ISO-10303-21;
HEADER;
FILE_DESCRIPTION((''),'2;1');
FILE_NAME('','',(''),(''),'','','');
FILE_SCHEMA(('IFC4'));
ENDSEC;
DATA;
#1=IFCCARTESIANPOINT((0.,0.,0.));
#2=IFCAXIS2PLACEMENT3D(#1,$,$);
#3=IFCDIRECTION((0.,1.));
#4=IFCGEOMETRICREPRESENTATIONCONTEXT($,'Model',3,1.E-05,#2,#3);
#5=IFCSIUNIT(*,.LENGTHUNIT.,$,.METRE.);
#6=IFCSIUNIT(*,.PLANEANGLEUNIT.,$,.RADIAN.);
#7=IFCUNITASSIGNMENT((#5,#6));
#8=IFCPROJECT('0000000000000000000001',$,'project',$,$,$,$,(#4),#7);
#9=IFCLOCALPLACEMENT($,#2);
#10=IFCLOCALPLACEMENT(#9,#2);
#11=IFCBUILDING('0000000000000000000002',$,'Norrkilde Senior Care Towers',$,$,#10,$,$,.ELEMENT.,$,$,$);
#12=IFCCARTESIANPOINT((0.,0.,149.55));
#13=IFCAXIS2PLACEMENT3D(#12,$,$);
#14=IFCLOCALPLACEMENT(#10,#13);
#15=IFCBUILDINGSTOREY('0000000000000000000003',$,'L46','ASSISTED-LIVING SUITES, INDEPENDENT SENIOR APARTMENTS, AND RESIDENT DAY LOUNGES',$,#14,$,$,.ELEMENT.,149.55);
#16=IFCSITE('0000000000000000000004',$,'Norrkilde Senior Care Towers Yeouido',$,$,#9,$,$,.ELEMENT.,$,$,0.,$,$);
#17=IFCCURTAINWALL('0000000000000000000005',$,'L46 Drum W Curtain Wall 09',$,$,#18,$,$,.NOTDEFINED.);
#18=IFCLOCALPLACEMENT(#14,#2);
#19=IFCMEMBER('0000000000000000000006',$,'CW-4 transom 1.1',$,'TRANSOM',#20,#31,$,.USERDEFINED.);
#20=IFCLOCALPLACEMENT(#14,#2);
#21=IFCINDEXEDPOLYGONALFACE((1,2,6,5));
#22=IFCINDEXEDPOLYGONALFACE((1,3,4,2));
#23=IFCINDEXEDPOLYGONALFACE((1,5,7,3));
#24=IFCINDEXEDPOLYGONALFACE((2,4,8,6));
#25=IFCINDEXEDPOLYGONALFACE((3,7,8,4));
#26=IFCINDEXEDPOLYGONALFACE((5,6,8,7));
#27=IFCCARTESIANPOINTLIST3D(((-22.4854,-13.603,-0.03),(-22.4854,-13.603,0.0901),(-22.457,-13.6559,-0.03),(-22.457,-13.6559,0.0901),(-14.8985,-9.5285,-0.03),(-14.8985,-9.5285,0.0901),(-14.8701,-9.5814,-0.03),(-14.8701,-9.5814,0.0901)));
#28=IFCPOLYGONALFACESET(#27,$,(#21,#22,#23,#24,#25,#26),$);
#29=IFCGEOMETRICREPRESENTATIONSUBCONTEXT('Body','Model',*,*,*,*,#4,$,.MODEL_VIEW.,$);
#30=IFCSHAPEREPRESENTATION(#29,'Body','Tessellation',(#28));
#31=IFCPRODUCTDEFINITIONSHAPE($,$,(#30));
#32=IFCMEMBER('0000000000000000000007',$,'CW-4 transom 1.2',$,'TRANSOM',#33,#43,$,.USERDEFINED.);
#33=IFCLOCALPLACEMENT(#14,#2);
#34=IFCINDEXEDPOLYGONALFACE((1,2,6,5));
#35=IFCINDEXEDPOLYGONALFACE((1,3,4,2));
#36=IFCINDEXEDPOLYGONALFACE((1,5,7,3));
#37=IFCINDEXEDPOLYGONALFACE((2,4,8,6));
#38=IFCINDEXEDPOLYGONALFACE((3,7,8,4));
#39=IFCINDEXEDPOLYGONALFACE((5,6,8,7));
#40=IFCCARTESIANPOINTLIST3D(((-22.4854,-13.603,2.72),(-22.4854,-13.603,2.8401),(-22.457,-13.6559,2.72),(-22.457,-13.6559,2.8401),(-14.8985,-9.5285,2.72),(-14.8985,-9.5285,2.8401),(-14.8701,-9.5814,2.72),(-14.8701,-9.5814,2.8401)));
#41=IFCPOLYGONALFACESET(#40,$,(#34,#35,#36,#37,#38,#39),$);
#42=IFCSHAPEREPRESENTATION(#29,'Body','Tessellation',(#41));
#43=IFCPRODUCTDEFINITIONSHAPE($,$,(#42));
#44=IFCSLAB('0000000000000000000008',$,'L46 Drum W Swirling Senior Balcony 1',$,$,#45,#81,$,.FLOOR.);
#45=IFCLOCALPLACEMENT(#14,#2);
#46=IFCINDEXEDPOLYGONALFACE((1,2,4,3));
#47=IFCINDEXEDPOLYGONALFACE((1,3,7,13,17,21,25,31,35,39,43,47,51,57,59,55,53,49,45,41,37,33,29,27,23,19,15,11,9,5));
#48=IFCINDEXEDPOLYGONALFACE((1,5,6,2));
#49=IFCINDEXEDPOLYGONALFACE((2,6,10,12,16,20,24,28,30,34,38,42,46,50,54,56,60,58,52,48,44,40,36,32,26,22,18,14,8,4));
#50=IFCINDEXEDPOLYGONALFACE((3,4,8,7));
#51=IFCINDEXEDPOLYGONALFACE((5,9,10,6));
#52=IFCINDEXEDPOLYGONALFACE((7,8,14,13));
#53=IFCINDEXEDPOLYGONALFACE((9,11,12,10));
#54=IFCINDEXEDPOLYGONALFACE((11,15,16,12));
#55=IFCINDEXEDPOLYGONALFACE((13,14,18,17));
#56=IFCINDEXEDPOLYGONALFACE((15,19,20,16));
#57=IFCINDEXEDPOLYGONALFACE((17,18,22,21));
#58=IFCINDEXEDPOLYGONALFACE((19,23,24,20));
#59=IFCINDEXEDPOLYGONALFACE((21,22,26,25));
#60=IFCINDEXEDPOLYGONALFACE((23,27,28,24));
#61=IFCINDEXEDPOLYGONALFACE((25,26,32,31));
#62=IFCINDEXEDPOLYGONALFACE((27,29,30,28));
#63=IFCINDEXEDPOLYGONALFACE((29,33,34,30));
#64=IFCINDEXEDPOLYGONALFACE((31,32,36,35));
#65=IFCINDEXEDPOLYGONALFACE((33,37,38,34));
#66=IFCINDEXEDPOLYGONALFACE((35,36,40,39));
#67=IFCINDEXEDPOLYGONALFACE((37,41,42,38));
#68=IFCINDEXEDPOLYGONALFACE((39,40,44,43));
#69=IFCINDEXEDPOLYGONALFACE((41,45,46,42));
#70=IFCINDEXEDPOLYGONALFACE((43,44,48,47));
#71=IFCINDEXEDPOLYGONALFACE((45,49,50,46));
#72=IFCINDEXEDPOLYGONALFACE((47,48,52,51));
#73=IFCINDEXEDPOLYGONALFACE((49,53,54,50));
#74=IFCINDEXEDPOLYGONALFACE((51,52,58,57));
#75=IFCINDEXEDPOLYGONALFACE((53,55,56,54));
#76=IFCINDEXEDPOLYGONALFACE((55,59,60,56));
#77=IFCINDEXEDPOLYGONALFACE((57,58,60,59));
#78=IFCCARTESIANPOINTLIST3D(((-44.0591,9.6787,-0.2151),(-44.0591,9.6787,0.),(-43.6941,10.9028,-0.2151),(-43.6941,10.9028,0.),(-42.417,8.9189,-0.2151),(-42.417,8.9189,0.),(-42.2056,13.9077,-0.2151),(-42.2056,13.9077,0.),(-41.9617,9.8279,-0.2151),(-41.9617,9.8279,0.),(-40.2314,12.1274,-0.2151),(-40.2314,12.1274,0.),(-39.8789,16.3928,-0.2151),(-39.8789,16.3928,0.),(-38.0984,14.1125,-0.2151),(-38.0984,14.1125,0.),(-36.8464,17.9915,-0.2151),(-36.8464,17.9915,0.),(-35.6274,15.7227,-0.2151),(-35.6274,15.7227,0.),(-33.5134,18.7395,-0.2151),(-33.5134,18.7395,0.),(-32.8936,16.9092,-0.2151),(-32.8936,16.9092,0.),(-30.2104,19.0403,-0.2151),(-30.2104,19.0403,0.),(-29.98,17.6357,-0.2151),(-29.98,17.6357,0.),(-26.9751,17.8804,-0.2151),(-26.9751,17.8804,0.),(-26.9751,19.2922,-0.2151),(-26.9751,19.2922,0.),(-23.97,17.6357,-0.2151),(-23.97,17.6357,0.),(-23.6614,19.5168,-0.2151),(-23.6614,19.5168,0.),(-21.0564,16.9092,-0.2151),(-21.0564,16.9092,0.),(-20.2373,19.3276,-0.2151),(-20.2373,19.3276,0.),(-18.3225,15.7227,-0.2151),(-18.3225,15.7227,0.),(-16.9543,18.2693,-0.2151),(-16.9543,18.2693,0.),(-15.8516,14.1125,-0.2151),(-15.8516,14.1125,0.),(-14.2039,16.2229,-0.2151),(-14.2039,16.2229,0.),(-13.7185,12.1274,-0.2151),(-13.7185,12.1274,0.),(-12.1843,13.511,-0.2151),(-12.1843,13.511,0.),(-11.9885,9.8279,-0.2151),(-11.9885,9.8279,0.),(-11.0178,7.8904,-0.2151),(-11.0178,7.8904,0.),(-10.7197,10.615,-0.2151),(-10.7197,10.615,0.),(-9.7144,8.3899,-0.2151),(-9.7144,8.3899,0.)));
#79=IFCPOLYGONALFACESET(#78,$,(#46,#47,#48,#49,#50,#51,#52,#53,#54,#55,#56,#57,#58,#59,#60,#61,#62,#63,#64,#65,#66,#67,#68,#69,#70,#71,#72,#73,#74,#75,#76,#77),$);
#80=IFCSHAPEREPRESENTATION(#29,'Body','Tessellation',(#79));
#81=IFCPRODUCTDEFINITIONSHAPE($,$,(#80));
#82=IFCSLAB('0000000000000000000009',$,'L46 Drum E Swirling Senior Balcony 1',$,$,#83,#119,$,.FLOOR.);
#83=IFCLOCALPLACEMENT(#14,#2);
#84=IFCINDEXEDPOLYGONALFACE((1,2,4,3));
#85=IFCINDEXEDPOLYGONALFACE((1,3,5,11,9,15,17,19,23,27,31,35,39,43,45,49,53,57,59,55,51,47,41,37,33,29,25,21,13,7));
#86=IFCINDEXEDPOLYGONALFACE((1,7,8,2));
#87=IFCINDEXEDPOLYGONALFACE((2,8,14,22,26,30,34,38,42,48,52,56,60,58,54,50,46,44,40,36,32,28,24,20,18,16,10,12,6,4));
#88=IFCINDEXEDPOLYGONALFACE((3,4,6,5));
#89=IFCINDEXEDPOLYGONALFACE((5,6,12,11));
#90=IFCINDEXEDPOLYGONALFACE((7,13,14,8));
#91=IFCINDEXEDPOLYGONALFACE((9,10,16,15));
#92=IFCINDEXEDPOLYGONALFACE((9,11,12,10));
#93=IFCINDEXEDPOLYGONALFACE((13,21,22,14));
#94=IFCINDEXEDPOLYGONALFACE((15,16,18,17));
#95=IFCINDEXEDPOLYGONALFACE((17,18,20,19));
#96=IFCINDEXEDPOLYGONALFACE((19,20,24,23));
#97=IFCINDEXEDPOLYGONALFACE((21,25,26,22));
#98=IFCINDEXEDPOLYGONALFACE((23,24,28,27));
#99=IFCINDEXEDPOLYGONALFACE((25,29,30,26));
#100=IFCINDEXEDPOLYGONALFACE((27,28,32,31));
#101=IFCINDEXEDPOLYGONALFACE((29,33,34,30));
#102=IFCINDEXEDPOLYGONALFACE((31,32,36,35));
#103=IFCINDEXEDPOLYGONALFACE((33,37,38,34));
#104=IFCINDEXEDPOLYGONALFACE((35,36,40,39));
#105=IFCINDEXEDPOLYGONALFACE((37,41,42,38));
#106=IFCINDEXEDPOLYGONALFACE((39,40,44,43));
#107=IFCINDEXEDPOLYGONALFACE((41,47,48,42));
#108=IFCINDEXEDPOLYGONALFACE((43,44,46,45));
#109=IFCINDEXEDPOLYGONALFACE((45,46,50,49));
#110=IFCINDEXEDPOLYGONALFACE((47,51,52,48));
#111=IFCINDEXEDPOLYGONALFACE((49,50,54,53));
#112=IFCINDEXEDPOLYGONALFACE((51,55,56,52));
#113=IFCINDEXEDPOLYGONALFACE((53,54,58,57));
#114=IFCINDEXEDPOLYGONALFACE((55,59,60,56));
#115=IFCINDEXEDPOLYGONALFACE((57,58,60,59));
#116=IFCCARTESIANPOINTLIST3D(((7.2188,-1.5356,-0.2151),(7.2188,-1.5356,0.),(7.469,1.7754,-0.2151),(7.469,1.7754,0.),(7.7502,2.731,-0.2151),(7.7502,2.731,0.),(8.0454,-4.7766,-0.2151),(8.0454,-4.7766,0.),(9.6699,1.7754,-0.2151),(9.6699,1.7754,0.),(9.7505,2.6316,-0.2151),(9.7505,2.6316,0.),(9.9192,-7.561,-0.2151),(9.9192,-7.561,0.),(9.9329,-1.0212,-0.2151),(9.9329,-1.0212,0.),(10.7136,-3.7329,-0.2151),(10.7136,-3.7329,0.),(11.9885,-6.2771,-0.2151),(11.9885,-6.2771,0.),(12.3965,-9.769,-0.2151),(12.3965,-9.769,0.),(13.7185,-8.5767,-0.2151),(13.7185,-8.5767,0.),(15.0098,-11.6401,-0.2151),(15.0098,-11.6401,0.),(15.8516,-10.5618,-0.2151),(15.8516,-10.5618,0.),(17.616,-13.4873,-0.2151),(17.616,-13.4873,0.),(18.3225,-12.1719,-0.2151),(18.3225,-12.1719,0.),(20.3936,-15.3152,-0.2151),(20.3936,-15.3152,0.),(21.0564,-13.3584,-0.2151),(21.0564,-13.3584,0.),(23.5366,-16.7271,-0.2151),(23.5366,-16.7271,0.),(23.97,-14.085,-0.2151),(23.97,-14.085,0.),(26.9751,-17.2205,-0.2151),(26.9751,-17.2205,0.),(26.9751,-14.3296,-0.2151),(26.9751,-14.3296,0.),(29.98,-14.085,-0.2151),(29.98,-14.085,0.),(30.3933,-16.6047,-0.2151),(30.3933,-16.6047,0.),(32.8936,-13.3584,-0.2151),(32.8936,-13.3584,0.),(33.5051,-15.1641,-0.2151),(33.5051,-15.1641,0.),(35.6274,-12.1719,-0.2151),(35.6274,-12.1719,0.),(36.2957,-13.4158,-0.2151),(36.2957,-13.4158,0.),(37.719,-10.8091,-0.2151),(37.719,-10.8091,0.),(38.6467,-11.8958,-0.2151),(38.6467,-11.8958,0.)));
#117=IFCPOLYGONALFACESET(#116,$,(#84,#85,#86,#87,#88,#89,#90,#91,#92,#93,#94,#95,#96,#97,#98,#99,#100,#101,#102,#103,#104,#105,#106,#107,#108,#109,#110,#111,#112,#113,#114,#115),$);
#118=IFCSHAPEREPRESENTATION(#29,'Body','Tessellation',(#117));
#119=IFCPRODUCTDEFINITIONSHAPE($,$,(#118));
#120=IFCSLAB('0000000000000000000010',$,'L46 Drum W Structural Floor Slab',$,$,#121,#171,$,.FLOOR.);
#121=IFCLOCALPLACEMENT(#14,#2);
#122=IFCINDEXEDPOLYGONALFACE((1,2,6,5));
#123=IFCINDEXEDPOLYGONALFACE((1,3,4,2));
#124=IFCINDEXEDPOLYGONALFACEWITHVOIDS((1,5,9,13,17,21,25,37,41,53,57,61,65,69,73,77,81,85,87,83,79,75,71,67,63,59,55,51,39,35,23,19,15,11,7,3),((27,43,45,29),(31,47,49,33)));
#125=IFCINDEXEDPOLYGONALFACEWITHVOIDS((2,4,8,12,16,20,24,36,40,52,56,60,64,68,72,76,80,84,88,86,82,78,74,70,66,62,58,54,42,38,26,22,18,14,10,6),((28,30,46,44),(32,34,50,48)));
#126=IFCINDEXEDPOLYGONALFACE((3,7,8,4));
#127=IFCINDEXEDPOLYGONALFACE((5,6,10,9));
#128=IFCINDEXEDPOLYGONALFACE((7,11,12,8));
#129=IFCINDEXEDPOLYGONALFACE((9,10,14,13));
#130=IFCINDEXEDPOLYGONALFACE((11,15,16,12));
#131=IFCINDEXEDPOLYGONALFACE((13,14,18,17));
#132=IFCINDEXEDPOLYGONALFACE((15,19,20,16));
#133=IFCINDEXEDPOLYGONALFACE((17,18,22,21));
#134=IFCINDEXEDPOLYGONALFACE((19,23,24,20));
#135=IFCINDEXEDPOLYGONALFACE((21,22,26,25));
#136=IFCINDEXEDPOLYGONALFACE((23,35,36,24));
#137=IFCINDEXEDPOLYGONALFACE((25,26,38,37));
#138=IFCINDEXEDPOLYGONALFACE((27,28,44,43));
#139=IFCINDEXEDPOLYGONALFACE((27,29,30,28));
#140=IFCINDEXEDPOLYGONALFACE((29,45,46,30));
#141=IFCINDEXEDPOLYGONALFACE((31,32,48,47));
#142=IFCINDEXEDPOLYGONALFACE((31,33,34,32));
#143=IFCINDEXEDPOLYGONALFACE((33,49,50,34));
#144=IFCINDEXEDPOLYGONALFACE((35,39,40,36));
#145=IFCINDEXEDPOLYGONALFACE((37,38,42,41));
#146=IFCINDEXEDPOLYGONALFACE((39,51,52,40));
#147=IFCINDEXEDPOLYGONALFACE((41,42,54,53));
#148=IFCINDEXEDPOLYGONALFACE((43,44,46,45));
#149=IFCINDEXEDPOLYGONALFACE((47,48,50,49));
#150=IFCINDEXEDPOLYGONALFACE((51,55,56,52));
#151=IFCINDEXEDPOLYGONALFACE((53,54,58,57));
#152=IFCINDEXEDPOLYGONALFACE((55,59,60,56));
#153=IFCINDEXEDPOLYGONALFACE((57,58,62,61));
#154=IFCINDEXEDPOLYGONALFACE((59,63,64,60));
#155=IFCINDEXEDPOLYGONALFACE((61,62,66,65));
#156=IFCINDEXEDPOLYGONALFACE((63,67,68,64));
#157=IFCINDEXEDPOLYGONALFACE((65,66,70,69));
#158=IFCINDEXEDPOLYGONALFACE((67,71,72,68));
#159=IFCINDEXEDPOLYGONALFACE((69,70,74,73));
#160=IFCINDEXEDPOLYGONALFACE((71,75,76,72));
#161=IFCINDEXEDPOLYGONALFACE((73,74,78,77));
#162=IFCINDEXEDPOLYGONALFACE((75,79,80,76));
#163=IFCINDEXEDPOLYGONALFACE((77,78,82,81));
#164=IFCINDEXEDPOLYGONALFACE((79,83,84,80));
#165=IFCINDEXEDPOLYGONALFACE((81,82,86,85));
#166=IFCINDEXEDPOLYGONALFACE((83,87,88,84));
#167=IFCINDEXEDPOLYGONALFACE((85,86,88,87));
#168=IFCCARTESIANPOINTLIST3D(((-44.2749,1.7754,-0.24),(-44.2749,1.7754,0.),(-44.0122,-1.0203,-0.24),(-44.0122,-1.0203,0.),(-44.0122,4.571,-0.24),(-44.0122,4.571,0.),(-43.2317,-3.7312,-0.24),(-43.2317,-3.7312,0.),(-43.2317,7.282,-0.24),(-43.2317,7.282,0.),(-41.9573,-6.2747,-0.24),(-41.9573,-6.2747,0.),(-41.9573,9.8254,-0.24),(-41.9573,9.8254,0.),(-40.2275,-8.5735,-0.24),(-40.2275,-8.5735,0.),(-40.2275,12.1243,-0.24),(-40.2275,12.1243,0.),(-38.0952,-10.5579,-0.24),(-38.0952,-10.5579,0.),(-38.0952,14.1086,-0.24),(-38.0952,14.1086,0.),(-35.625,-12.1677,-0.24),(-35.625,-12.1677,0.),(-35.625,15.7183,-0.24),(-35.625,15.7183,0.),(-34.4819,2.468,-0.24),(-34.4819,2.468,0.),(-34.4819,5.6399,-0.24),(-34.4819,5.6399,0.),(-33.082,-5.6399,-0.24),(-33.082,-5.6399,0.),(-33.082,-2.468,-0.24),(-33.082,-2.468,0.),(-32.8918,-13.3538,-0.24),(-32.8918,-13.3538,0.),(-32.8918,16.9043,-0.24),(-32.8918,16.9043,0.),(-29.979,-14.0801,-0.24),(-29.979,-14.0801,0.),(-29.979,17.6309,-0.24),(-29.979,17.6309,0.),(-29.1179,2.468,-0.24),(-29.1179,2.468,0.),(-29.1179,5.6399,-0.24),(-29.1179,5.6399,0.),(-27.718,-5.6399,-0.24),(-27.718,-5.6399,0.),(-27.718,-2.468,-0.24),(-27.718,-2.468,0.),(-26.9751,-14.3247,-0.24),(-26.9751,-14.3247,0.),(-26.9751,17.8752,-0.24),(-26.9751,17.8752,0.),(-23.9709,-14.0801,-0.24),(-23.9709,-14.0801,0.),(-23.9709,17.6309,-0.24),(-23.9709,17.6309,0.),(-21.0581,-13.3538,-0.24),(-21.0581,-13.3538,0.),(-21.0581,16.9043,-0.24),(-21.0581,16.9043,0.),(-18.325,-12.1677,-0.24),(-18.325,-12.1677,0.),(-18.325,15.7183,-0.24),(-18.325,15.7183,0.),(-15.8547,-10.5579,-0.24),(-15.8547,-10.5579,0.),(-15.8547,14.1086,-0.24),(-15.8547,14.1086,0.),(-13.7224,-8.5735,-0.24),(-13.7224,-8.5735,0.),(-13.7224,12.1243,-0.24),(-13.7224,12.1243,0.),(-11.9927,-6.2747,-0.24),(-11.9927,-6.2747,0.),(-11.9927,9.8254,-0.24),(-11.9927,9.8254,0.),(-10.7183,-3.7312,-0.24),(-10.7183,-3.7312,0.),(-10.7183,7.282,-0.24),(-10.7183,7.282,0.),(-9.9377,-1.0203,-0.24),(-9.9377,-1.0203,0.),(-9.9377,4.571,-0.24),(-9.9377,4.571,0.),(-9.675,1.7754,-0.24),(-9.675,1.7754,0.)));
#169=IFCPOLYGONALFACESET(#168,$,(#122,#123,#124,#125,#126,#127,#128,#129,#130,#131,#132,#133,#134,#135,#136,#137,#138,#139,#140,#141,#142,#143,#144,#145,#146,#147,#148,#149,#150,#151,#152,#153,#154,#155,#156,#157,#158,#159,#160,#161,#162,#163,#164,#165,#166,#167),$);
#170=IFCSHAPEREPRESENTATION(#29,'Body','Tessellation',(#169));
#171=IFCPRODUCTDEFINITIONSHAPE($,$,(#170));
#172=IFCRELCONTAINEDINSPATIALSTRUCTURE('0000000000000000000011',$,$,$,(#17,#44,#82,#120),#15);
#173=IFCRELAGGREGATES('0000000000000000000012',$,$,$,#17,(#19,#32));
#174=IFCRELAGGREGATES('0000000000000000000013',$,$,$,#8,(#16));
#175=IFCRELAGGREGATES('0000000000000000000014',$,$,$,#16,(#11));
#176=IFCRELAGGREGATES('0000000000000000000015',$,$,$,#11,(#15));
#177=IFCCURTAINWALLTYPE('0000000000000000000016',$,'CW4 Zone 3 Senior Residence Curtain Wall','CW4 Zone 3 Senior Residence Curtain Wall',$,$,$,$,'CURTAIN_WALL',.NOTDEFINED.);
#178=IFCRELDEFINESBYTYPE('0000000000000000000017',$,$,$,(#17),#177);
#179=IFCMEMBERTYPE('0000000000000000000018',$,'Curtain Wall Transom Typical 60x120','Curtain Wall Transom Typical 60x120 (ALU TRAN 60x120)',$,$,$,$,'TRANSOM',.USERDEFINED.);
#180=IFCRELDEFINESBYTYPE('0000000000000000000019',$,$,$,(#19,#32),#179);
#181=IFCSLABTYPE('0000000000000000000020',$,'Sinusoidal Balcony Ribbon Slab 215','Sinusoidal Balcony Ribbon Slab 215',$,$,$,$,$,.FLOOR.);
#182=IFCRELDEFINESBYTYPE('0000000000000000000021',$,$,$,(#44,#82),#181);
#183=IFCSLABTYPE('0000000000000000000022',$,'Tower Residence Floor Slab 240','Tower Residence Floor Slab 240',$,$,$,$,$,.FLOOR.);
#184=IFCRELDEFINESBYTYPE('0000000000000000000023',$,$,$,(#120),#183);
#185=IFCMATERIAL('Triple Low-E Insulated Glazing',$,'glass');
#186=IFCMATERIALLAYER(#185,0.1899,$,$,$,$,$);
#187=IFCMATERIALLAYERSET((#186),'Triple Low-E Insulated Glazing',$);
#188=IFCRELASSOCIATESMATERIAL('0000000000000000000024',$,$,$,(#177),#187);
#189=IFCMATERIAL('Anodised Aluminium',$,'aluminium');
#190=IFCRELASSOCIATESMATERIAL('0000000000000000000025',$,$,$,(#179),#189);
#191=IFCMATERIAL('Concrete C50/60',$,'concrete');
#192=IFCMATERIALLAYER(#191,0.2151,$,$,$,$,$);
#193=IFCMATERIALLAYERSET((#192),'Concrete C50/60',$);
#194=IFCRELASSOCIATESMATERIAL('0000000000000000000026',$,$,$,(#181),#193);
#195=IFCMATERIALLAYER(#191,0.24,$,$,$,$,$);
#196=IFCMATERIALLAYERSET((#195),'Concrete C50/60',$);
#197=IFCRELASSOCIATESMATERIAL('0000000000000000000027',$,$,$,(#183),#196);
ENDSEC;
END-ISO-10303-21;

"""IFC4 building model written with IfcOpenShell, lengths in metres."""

from ifc_helpers import new_model, si_unit, direction, frame, origin, origin_2d, place, context, subcontext, project, spatial, polyline, rectangle, outline, extrude, source, transform, mapped, material, layer, layer_set, material_profile, profile_set, type_object, element, aggregate, save


model = new_model("IFC4")

# Units and contexts
model_context = context("Model", 3, precision=1e-05, world=origin(), true_north=direction((0.0, 1.0)))
body_context = subcontext(model_context, "Body", "Model", "MODEL_VIEW")
ifc_project = project(units=[si_unit("LENGTHUNIT", "METRE"), si_unit("PLANEANGLEUNIT", "RADIAN")], contexts=[model_context])

# Site, building, storey
site_placement = place(None, origin())
site = spatial("IfcSite", under=ifc_project, at=site_placement, Name="Norrkilde Senior Care Towers Yeouido", CompositionType="ELEMENT", RefElevation=0.0)
building_placement = place(site_placement, origin())
building = spatial("IfcBuilding", under=site, at=building_placement, Name="Norrkilde Senior Care Towers", CompositionType="ELEMENT")
storey_placement = place(building_placement, frame((0.0, 0.0, 149.55)))
storey = spatial("IfcBuildingStorey", under=building, at=storey_placement, Name="L46", Description="ASSISTED-LIVING SUITES, INDEPENDENT SENIOR APARTMENTS, AND RESIDENT DAY LOUNGES", CompositionType="ELEMENT", Elevation=149.55)

# Shared definitions
ifc_material_1 = material(Name="Concrete C50/60", Category="concrete")

# Curtain wall
ifc_material_2 = material(Name="Triple Low-E Insulated Glazing", Category="glass")
ifc_layer_1 = layer(ifc_material_2, 0.1899)
ifc_layer_set_1 = layer_set([ifc_layer_1], Name="Triple Low-E Insulated Glazing")
curtain_wall_type = type_object("IfcCurtainWallType", Name="CW4 Zone 3 Senior Residence Curtain Wall", Description="CW4 Zone 3 Senior Residence Curtain Wall", ElementType="CURTAIN_WALL", PredefinedType="NOTDEFINED", material=ifc_layer_set_1)
curtain_wall_1_placement = place(storey_placement, origin())
curtain_wall_1 = element("IfcCurtainWall", 1, at=curtain_wall_1_placement, inside=storey, type_object=curtain_wall_type, Name="L46 Drum W Curtain Wall 09", PredefinedType="NOTDEFINED")
ifc_material_3 = material(Name="Anodised Aluminium", Category="aluminium")

# Members
ifc_material_profile_1 = material_profile(ifc_material_3, rectangle(XDim=0.0601, YDim=0.1201, at=origin_2d()), Name="ALU TRAN 60x120")
ifc_profile_set_1 = profile_set([ifc_material_profile_1], Name="Anodised Aluminium")
member_type_1 = type_object("IfcMemberType", Name="Curtain Wall Transom Typical 60x120", Description="Curtain Wall Transom Typical 60x120 (ALU TRAN 60x120)", ElementType="TRANSOM", PredefinedType="USERDEFINED", material=ifc_profile_set_1)
shared_shape_1 = source(origin(), body_context, "Body", "SweptSolid", [
    extrude(rectangle(XDim=0.0601, YDim=0.1201, at=origin_2d()), origin(), (0.0, 0.0, 1.0), 8.6118),
])
member_1_placement = place(storey_placement, frame((-14.8843, -9.5549, 0.03), z_axis=(-0.880994, -0.473127, 0.0), x_axis=(0.473127, -0.880994, 0.0)))
member_1 = element("IfcMember", 2, at=member_1_placement, type_object=member_type_1, Name="CW-4 transom 1.1", ObjectType="TRANSOM", PredefinedType="USERDEFINED", context=body_context, shape_type="MappedRepresentation", body=[
    mapped(shared_shape_1, transform((0.0, 0.0, 0.0), x_axis=(1.0, 0.0, 0.0), y_axis=(0.0, 1.0, 0.0), z_axis=(0.0, 0.0, 1.0), scale=1.0)),
])
member_2_placement = place(storey_placement, frame((-14.8843, -9.5549, 2.78), z_axis=(-0.880994, -0.473127, 0.0), x_axis=(0.473127, -0.880994, 0.0)))
member_2 = element("IfcMember", 3, at=member_2_placement, type_object=member_type_1, Name="CW-4 transom 1.2", ObjectType="TRANSOM", PredefinedType="USERDEFINED", context=body_context, shape_type="MappedRepresentation", body=[
    mapped(shared_shape_1, transform((0.0, 0.0, 0.0), x_axis=(1.0, 0.0, 0.0), y_axis=(0.0, 1.0, 0.0), z_axis=(0.0, 0.0, 1.0), scale=1.0)),
])

# Slabs
ifc_layer_2 = layer(ifc_material_1, 0.2151)
ifc_layer_set_2 = layer_set([ifc_layer_2], Name="Concrete C50/60")
slab_type_1 = type_object("IfcSlabType", Name="Sinusoidal Balcony Ribbon Slab 215", Description="Sinusoidal Balcony Ribbon Slab 215", PredefinedType="FLOOR", material=ifc_layer_set_2)
slab_1_placement = place(storey_placement, frame((0.0, 0.0, -0.2151)))
element("IfcSlab", 4, at=slab_1_placement, inside=storey, type_object=slab_type_1, Name="L46 Drum W Swirling Senior Balcony 1", PredefinedType="FLOOR", context=body_context, shape_type="SweptSolid", body=[
    extrude(outline(polyline([(-42.2056, 13.9077), (-39.8789, 16.3928), (-36.8464, 17.9915), (-33.5134, 18.7395), (-30.2104, 19.0403), (-26.9751, 19.2922), (-23.6614, 19.5168), (-20.2373, 19.3276), (-16.9543, 18.2693), (-14.2039, 16.2229), (-12.1843, 13.511), (-10.7197, 10.615), (-9.7144, 8.3899), (-11.0178, 7.8904), (-11.9885, 9.8279), (-13.7185, 12.1274), (-15.8516, 14.1125), (-18.3225, 15.7227), (-21.0564, 16.9092), (-23.97, 17.6357), (-26.9751, 17.8804), (-29.98, 17.6357), (-32.8936, 16.9092), (-35.6274, 15.7227), (-38.0984, 14.1125), (-40.2314, 12.1274), (-41.9617, 9.8279), (-42.417, 8.9189), (-44.0591, 9.6787), (-43.6941, 10.9028), (-42.2056, 13.9077)])), origin(), (0.0, 0.0, 1.0), 0.2151),
])
slab_2_placement = place(storey_placement, frame((0.0, 0.0, -0.2151)))
element("IfcSlab", 5, at=slab_2_placement, inside=storey, type_object=slab_type_1, Name="L46 Drum E Swirling Senior Balcony 1", PredefinedType="FLOOR", context=body_context, shape_type="SweptSolid", body=[
    extrude(outline(polyline([(33.5051, -15.1641), (30.3933, -16.6047), (26.9751, -17.2205), (23.5366, -16.7271), (20.3936, -15.3152), (17.616, -13.4873), (15.0098, -11.6401), (12.3965, -9.769), (9.9192, -7.561), (8.0454, -4.7766), (7.2188, -1.5356), (7.469, 1.7754), (7.7502, 2.731), (9.7505, 2.6316), (9.6699, 1.7754), (9.9329, -1.0212), (10.7136, -3.7329), (11.9885, -6.2771), (13.7185, -8.5767), (15.8516, -10.5618), (18.3225, -12.1719), (21.0564, -13.3584), (23.97, -14.085), (26.9751, -14.3296), (29.98, -14.085), (32.8936, -13.3584), (35.6274, -12.1719), (37.719, -10.8091), (38.6467, -11.8958), (36.2957, -13.4158), (33.5051, -15.1641)])), origin(), (0.0, 0.0, 1.0), 0.2151),
])
ifc_layer_3 = layer(ifc_material_1, 0.24)
ifc_layer_set_3 = layer_set([ifc_layer_3], Name="Concrete C50/60")
slab_type_2 = type_object("IfcSlabType", Name="Tower Residence Floor Slab 240", Description="Tower Residence Floor Slab 240", PredefinedType="FLOOR", material=ifc_layer_set_3)
slab_3_placement = place(storey_placement, frame((0.0, 0.0, -0.24)))
element("IfcSlab", 6, at=slab_3_placement, inside=storey, type_object=slab_type_2, Name="L46 Drum W Structural Floor Slab", PredefinedType="FLOOR", context=body_context, shape_type="SweptSolid", body=[
    extrude(outline(polyline([(-10.7183, -3.7312), (-11.9927, -6.2747), (-13.7224, -8.5735), (-15.8547, -10.5579), (-18.325, -12.1677), (-21.0581, -13.3538), (-23.9709, -14.0801), (-26.9751, -14.3247), (-29.979, -14.0801), (-32.8918, -13.3538), (-35.625, -12.1677), (-38.0952, -10.5579), (-40.2275, -8.5735), (-41.9573, -6.2747), (-43.2317, -3.7312), (-44.0122, -1.0203), (-44.2749, 1.7754), (-44.0122, 4.571), (-43.2317, 7.282), (-41.9573, 9.8254), (-40.2275, 12.1243), (-38.0952, 14.1086), (-35.625, 15.7183), (-32.8918, 16.9043), (-29.979, 17.6309), (-26.9751, 17.8752), (-23.9709, 17.6309), (-21.0581, 16.9043), (-18.325, 15.7183), (-15.8547, 14.1086), (-13.7224, 12.1243), (-11.9927, 9.8254), (-10.7183, 7.282), (-9.9377, 4.571), (-9.675, 1.7754), (-9.9377, -1.0203), (-10.7183, -3.7312)]), holes=[polyline([(-34.4819, 2.468), (-29.1179, 2.468), (-29.1179, 5.6399), (-34.4819, 5.6399), (-34.4819, 2.468)]), polyline([(-27.718, -5.6399), (-27.718, -2.468), (-33.082, -2.468), (-33.082, -5.6399), (-27.718, -5.6399)])]), origin(), (0.0, 0.0, 1.0), 0.24),
])

aggregate(curtain_wall_1, [member_1, member_2])

save(model, "model.ifc")
